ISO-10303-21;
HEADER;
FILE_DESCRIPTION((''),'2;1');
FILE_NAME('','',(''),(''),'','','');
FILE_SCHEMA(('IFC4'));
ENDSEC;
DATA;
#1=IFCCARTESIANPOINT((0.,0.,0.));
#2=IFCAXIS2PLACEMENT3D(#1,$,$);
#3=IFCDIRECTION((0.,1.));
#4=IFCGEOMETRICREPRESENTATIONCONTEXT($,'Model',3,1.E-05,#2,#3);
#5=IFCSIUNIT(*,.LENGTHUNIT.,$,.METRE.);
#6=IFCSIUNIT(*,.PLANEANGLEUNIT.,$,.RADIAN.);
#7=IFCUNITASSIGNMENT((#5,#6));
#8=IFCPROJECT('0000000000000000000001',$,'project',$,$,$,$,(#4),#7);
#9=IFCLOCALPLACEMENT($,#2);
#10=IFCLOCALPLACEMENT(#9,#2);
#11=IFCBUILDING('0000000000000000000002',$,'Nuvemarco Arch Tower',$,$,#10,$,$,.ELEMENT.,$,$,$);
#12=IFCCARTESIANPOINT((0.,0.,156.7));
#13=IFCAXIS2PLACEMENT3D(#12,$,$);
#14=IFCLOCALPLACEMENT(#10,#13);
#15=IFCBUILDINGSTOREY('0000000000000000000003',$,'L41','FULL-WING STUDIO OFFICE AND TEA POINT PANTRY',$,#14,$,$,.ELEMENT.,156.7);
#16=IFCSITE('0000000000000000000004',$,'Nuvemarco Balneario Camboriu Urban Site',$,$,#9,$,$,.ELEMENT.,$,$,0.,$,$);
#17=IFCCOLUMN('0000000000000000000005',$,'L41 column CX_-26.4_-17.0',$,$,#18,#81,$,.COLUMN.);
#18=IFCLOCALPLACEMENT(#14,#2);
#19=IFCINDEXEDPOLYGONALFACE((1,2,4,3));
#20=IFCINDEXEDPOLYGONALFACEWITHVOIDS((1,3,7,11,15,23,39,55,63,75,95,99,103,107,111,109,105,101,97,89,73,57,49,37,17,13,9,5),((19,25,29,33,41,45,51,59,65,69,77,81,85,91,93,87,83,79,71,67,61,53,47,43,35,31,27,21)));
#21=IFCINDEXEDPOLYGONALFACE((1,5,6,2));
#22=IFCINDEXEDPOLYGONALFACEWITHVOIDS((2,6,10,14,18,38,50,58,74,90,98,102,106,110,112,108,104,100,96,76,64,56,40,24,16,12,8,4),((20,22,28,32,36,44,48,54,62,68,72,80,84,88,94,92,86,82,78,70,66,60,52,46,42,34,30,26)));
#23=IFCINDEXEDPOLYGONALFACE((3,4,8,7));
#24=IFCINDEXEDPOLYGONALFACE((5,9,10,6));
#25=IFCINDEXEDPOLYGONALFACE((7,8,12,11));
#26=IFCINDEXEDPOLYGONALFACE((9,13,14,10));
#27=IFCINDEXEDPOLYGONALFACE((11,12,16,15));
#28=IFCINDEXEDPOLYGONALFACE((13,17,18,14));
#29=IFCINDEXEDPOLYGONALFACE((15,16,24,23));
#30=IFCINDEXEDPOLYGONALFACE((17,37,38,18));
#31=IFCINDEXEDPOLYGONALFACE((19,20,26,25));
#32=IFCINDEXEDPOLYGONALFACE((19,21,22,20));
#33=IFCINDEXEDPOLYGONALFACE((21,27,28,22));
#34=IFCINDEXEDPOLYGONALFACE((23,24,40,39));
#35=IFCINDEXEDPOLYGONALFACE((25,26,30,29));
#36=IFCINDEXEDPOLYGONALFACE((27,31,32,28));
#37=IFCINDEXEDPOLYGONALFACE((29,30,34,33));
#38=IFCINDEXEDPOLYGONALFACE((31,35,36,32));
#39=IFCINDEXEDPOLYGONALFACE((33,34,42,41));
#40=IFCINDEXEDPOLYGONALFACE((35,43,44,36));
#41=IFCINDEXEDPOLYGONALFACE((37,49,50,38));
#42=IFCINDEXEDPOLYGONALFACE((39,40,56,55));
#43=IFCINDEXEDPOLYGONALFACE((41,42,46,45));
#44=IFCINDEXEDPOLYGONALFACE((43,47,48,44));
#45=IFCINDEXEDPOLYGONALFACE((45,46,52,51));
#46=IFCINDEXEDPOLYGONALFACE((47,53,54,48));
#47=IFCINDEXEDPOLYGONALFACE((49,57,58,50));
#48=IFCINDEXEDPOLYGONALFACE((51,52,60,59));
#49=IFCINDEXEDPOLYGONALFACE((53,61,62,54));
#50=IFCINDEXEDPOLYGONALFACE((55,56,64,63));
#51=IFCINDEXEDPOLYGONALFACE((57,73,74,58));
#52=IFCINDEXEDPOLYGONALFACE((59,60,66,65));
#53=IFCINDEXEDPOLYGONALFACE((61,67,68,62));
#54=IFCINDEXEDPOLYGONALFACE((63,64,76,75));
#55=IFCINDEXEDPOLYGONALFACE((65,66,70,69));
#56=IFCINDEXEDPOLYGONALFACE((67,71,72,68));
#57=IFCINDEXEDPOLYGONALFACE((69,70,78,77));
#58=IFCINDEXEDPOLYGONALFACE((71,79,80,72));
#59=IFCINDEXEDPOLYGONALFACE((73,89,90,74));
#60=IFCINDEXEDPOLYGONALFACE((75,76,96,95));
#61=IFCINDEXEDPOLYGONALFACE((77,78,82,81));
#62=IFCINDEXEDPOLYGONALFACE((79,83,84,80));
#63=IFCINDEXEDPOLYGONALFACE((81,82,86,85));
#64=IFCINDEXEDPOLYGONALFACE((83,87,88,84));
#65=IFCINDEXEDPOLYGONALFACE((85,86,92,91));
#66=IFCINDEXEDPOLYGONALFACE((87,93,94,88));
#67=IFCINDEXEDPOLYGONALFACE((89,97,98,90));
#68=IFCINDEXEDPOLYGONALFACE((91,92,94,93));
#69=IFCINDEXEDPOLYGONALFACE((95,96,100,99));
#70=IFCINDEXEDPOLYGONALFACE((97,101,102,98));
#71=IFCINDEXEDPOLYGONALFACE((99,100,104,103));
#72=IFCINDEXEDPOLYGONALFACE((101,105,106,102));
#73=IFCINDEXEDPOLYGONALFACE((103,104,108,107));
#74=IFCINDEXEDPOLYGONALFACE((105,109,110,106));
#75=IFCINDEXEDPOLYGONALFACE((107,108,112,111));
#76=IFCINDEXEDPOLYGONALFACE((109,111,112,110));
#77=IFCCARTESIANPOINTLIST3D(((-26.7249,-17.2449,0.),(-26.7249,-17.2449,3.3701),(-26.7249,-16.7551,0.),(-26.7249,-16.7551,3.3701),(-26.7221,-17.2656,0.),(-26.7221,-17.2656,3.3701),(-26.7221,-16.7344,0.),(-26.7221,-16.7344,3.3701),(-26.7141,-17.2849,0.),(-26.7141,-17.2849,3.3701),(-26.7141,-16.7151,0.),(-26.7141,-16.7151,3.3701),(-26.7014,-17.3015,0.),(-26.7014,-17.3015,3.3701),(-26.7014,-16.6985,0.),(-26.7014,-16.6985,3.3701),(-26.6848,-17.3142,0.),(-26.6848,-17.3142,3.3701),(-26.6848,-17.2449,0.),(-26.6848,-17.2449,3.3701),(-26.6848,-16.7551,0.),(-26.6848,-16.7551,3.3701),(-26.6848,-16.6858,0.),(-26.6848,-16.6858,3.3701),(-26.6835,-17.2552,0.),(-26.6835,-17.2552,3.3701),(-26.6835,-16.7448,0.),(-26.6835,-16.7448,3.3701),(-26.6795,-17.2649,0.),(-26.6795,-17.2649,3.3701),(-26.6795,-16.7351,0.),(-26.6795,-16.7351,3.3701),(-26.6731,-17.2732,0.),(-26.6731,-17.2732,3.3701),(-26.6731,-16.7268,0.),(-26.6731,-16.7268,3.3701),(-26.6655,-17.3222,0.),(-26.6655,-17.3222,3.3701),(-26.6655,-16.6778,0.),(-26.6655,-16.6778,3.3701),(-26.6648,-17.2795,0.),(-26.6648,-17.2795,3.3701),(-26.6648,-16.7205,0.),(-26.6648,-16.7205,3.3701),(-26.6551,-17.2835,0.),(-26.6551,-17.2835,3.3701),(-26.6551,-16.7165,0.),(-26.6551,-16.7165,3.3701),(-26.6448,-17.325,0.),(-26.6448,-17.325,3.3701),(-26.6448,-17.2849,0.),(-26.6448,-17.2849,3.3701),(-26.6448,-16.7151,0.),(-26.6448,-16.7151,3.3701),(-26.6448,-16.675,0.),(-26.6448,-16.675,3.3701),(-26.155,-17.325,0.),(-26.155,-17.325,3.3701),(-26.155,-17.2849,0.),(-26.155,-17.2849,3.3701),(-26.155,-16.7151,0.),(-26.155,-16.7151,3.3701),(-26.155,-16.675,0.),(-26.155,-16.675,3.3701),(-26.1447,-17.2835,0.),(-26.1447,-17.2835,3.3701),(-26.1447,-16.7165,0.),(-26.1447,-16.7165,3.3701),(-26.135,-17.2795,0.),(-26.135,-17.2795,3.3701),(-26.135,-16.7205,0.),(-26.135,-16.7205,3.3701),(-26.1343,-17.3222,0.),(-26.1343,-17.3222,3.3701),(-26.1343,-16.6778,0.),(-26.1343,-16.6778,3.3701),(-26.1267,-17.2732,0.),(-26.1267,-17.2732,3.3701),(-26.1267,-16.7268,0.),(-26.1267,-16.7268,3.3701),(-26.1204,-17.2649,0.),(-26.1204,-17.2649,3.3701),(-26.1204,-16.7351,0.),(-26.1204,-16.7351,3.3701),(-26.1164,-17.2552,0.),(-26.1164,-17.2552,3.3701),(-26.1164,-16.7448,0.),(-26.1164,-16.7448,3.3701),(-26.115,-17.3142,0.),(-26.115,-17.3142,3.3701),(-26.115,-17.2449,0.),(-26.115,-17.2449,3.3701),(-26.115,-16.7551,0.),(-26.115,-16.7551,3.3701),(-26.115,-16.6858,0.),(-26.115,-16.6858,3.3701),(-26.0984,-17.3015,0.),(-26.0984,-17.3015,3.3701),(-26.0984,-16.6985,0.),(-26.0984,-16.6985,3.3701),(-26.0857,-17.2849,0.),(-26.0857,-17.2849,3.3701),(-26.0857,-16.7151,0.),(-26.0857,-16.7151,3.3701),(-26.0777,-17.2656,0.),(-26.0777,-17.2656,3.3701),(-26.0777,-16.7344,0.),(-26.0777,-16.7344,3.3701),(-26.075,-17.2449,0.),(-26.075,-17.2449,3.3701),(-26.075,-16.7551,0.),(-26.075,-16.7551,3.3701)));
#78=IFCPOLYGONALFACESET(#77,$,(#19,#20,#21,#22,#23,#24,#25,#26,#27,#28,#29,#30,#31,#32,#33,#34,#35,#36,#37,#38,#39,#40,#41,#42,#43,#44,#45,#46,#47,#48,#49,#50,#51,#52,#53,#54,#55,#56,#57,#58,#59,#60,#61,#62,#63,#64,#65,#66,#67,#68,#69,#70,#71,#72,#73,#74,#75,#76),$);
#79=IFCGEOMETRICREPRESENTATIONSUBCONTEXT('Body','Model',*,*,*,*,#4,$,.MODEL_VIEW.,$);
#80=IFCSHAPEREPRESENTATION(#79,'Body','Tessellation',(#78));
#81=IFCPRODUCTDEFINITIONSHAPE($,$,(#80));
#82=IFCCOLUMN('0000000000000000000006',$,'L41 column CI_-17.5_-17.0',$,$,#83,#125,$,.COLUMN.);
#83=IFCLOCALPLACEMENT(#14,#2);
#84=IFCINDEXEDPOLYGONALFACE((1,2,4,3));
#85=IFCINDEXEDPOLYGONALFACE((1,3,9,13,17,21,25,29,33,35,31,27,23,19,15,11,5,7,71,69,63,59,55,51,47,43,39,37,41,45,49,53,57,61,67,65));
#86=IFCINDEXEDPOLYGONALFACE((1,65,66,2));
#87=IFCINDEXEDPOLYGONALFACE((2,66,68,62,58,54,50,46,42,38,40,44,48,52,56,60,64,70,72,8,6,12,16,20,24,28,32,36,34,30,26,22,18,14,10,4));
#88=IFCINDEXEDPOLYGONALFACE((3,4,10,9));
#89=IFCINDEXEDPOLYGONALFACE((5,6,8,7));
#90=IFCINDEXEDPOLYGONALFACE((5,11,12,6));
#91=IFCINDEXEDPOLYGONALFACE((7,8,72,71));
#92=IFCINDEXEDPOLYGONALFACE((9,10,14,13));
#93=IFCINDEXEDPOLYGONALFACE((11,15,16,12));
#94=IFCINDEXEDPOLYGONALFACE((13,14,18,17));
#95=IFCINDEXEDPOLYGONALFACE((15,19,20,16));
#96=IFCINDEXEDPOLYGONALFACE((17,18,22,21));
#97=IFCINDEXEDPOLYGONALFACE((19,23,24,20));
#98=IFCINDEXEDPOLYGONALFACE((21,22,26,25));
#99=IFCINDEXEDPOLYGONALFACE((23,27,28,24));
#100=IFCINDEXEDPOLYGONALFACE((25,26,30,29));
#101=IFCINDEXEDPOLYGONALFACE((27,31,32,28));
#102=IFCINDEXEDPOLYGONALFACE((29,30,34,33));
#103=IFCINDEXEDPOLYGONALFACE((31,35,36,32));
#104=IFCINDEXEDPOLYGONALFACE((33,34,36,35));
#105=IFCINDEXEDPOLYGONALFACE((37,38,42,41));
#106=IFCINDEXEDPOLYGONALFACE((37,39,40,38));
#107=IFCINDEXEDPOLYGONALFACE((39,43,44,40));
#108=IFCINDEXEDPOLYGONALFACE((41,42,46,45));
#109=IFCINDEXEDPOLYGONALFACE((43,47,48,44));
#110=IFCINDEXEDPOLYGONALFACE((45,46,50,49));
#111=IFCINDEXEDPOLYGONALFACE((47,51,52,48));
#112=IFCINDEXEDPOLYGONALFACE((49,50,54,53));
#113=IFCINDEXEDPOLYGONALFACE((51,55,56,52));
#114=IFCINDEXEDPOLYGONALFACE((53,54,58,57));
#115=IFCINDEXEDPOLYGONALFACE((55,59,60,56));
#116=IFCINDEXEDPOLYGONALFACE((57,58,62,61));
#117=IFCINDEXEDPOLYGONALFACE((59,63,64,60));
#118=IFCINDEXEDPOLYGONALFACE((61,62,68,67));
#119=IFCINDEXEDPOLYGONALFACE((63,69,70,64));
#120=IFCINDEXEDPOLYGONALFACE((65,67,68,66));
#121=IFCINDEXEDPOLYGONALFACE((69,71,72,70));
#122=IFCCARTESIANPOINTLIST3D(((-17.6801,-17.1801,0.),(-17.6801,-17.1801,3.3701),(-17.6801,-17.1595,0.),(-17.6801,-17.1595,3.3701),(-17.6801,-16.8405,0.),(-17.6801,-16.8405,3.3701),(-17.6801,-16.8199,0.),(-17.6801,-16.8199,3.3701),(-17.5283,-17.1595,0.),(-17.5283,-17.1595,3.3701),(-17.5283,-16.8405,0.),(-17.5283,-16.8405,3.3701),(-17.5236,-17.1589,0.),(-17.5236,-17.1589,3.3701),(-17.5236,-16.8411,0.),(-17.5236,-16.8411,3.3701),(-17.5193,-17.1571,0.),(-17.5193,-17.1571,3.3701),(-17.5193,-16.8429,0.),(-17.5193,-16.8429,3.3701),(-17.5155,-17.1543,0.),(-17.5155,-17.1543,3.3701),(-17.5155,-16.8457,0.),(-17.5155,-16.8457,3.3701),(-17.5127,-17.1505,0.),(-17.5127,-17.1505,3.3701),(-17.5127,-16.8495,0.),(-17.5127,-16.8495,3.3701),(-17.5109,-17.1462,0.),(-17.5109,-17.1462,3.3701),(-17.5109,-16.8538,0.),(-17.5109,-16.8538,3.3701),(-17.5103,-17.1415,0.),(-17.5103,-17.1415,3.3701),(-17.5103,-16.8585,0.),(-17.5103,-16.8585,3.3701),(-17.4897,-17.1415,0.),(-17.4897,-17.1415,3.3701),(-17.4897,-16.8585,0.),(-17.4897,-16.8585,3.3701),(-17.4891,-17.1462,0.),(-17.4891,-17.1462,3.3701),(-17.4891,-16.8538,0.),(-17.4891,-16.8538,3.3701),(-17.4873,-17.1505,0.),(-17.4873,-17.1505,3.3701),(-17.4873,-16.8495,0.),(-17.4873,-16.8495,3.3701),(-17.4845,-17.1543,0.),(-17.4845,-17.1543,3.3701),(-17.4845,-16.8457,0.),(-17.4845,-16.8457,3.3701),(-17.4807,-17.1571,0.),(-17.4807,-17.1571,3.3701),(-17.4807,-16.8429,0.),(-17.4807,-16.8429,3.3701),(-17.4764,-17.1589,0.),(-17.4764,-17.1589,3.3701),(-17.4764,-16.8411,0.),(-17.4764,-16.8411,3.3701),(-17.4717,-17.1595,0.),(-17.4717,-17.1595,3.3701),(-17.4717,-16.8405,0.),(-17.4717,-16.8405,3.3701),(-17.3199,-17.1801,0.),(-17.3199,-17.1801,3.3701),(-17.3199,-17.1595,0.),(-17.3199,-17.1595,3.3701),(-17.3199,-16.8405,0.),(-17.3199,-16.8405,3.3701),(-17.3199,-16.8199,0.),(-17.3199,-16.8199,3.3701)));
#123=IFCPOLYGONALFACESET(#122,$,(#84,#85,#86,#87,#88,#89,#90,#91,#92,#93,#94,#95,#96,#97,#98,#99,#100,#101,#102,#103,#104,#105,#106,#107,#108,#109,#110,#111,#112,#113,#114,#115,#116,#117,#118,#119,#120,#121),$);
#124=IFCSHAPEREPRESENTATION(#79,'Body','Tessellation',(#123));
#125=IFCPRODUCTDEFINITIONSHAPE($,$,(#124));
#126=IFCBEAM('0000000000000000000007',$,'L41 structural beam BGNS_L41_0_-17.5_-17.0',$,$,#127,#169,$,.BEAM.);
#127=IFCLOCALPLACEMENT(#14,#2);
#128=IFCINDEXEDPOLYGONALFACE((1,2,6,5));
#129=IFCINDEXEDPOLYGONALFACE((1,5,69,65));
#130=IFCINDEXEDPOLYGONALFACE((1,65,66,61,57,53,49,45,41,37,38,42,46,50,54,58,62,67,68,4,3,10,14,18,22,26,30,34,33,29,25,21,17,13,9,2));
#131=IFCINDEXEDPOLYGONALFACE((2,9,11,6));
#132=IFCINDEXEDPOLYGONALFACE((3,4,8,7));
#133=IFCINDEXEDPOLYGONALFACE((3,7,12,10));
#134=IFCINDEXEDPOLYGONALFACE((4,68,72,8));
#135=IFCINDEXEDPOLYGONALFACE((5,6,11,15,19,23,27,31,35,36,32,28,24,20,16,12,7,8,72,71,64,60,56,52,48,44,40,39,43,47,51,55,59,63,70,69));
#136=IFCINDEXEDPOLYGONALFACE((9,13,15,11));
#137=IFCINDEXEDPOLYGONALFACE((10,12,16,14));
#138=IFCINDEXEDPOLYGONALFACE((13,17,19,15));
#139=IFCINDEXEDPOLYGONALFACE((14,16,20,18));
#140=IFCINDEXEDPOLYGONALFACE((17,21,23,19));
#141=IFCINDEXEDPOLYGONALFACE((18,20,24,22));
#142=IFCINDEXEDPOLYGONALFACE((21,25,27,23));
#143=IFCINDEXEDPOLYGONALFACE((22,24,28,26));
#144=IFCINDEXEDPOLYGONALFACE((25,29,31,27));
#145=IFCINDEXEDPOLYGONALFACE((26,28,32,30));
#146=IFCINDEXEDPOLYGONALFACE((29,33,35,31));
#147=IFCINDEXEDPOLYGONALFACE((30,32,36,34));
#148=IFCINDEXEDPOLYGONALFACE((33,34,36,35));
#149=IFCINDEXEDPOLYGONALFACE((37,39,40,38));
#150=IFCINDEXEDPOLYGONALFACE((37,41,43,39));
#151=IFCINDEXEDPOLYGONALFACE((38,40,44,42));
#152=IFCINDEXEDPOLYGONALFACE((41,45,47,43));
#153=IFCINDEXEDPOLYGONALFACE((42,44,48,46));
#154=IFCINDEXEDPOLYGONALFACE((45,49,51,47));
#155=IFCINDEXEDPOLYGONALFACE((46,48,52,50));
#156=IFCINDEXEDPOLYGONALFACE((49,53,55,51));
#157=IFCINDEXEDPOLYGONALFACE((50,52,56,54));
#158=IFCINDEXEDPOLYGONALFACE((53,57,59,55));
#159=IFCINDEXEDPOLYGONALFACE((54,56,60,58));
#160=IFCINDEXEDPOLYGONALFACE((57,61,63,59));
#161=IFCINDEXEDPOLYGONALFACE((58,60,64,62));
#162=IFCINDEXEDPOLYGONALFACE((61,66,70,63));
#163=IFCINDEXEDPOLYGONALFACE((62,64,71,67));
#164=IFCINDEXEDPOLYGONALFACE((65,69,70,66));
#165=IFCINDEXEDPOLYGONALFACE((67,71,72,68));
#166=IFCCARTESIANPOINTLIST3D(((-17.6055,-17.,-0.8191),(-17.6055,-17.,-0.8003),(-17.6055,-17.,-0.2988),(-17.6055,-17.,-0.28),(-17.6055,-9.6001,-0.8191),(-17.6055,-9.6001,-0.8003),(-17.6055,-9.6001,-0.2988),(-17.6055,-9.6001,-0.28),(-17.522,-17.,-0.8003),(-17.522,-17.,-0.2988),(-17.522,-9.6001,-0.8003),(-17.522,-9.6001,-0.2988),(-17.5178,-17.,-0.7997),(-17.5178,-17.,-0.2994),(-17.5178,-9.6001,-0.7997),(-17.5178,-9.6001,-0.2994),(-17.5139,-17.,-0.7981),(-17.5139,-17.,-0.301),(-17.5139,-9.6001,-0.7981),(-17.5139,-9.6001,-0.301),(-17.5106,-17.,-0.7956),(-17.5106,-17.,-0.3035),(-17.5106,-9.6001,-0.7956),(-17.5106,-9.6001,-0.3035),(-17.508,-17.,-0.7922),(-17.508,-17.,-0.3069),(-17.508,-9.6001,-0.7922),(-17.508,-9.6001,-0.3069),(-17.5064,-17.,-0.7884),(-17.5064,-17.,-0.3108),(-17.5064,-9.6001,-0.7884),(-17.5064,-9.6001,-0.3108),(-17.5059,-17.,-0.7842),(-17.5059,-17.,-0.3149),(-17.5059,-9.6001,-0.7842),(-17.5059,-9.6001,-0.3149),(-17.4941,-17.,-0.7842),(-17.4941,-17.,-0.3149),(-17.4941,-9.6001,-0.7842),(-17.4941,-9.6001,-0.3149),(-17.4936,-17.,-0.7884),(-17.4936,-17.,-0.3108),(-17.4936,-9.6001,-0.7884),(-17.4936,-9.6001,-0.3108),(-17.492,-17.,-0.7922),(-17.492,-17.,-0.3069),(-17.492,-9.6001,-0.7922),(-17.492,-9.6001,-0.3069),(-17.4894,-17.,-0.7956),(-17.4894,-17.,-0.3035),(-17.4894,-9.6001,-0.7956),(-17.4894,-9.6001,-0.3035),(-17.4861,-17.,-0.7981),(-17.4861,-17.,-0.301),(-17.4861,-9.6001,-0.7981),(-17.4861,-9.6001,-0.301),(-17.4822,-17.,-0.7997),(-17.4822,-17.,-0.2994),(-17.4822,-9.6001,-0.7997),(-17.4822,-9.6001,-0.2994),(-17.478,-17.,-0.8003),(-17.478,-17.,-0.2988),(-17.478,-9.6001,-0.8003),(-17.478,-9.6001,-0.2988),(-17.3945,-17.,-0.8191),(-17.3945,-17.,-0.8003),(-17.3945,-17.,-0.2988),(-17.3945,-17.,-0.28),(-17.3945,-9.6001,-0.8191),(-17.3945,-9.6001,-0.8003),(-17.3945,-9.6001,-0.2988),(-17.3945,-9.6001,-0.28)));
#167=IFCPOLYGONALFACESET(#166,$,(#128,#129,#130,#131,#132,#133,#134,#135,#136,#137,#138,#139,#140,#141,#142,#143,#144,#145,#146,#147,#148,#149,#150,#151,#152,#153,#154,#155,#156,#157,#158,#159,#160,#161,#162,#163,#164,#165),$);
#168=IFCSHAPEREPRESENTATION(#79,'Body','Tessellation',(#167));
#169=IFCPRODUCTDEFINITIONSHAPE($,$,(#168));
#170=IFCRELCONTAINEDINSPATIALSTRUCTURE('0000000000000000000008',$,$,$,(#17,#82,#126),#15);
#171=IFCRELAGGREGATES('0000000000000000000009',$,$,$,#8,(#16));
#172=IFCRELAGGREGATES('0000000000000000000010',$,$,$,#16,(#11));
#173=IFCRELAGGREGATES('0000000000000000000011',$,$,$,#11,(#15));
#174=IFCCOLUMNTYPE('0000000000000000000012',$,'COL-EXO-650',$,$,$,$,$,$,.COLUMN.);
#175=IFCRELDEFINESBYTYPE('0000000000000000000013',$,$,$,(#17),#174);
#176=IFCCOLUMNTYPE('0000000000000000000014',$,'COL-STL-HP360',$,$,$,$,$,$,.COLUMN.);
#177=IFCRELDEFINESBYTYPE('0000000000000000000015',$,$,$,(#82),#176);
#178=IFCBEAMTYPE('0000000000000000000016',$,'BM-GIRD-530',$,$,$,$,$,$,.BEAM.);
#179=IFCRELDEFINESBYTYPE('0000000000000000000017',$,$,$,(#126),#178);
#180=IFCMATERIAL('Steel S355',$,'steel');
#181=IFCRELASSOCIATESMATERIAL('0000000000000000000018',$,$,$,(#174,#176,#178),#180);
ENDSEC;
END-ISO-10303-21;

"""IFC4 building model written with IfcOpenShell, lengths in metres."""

from ifc_helpers import new_model, si_unit, direction, frame, origin, origin_2d, place, context, subcontext, project, spatial, hollow_rectangle, i_section, extrude, material, material_profile, profile_set, type_object, element, save


model = new_model("IFC4")

# Units and contexts
model_context = context("Model", 3, precision=1e-05, world=origin(), true_north=direction((0.0, 1.0)))
body_context = subcontext(model_context, "Body", "Model", "MODEL_VIEW")
ifc_project = project(units=[si_unit("LENGTHUNIT", "METRE"), si_unit("PLANEANGLEUNIT", "RADIAN")], contexts=[model_context])

# Site, building, storey
site_placement = place(None, origin())
site = spatial("IfcSite", under=ifc_project, at=site_placement, Name="Nuvemarco Balneario Camboriu Urban Site", CompositionType="ELEMENT", RefElevation=0.0)
building_placement = place(site_placement, origin())
building = spatial("IfcBuilding", under=site, at=building_placement, Name="Nuvemarco Arch Tower", CompositionType="ELEMENT")
storey_placement = place(building_placement, frame((0.0, 0.0, 156.7)))
storey = spatial("IfcBuildingStorey", under=building, at=storey_placement, Name="L41", Description="FULL-WING STUDIO OFFICE AND TEA POINT PANTRY", CompositionType="ELEMENT", Elevation=156.7)

# Columns
ifc_material_1 = material(Name="Steel S355", Category="steel")
ifc_material_profile_1 = material_profile(ifc_material_1, hollow_rectangle(XDim=0.6499, YDim=0.6499, WallThickness=0.04, InnerFilletRadius=0.04, OuterFilletRadius=0.0801, at=origin_2d()), Name="SHS650x650x40")
ifc_profile_set_1 = profile_set([ifc_material_profile_1], Name="Steel S355")
column_type_1 = type_object("IfcColumnType", Name="COL-EXO-650", PredefinedType="COLUMN", material=ifc_profile_set_1)
column_1_placement = place(storey_placement, frame((-26.3999, -17.0, 0.0), z_axis=(0.0, 0.0, 1.0), x_axis=(1.0, 0.0, 0.0)))
element("IfcColumn", 1, at=column_1_placement, inside=storey, type_object=column_type_1, Name="L41 column CX_-26.4_-17.0", PredefinedType="COLUMN", context=body_context, shape_type="SweptSolid", body=[
    extrude(hollow_rectangle(XDim=0.6499, YDim=0.6499, WallThickness=0.04, InnerFilletRadius=0.04, OuterFilletRadius=0.0801, at=origin_2d()), origin(), (0.0, 0.0, 1.0), 3.3701),
])
ifc_material_profile_2 = material_profile(ifc_material_1, i_section(OverallWidth=0.3601, OverallDepth=0.3601, WebThickness=0.0205, FlangeThickness=0.0205, FilletRadius=0.0181, at=origin_2d()), Name="HP360x174")
ifc_profile_set_2 = profile_set([ifc_material_profile_2], Name="Steel S355")
column_type_2 = type_object("IfcColumnType", Name="COL-STL-HP360", PredefinedType="COLUMN", material=ifc_profile_set_2)
column_2_placement = place(storey_placement, frame((-17.5, -17.0, 0.0), z_axis=(0.0, 0.0, 1.0), x_axis=(1.0, 0.0, 0.0)))
element("IfcColumn", 2, at=column_2_placement, inside=storey, type_object=column_type_2, Name="L41 column CI_-17.5_-17.0", PredefinedType="COLUMN", context=body_context, shape_type="SweptSolid", body=[
    extrude(i_section(OverallWidth=0.3601, OverallDepth=0.3601, WebThickness=0.0205, FlangeThickness=0.0205, FilletRadius=0.0181, at=origin_2d()), origin(), (0.0, 0.0, 1.0), 3.3701),
])

# Beam
ifc_material_profile_3 = material_profile(ifc_material_1, i_section(OverallWidth=0.2109, OverallDepth=0.5391, WebThickness=0.0117, FlangeThickness=0.0188, FilletRadius=0.0161, at=origin_2d()), Name="W530x109")
ifc_profile_set_3 = profile_set([ifc_material_profile_3], Name="Steel S355")
beam_type_1 = type_object("IfcBeamType", Name="BM-GIRD-530", PredefinedType="BEAM", material=ifc_profile_set_3)
beam_1_placement = place(storey_placement, frame((-17.5, -17.0, -0.5496), z_axis=(0.0, 1.0, 0.0), x_axis=(-1.0, 0.0, 0.0)))
element("IfcBeam", 3, at=beam_1_placement, inside=storey, type_object=beam_type_1, Name="L41 structural beam BGNS_L41_0_-17.5_-17.0", PredefinedType="BEAM", context=body_context, shape_type="SweptSolid", body=[
    extrude(i_section(OverallWidth=0.2109, OverallDepth=0.5391, WebThickness=0.0117, FlangeThickness=0.0188, FilletRadius=0.0161, at=origin_2d()), origin(), (0.0, 0.0, 1.0), 7.3999),
])

save(model, "model.ifc")
